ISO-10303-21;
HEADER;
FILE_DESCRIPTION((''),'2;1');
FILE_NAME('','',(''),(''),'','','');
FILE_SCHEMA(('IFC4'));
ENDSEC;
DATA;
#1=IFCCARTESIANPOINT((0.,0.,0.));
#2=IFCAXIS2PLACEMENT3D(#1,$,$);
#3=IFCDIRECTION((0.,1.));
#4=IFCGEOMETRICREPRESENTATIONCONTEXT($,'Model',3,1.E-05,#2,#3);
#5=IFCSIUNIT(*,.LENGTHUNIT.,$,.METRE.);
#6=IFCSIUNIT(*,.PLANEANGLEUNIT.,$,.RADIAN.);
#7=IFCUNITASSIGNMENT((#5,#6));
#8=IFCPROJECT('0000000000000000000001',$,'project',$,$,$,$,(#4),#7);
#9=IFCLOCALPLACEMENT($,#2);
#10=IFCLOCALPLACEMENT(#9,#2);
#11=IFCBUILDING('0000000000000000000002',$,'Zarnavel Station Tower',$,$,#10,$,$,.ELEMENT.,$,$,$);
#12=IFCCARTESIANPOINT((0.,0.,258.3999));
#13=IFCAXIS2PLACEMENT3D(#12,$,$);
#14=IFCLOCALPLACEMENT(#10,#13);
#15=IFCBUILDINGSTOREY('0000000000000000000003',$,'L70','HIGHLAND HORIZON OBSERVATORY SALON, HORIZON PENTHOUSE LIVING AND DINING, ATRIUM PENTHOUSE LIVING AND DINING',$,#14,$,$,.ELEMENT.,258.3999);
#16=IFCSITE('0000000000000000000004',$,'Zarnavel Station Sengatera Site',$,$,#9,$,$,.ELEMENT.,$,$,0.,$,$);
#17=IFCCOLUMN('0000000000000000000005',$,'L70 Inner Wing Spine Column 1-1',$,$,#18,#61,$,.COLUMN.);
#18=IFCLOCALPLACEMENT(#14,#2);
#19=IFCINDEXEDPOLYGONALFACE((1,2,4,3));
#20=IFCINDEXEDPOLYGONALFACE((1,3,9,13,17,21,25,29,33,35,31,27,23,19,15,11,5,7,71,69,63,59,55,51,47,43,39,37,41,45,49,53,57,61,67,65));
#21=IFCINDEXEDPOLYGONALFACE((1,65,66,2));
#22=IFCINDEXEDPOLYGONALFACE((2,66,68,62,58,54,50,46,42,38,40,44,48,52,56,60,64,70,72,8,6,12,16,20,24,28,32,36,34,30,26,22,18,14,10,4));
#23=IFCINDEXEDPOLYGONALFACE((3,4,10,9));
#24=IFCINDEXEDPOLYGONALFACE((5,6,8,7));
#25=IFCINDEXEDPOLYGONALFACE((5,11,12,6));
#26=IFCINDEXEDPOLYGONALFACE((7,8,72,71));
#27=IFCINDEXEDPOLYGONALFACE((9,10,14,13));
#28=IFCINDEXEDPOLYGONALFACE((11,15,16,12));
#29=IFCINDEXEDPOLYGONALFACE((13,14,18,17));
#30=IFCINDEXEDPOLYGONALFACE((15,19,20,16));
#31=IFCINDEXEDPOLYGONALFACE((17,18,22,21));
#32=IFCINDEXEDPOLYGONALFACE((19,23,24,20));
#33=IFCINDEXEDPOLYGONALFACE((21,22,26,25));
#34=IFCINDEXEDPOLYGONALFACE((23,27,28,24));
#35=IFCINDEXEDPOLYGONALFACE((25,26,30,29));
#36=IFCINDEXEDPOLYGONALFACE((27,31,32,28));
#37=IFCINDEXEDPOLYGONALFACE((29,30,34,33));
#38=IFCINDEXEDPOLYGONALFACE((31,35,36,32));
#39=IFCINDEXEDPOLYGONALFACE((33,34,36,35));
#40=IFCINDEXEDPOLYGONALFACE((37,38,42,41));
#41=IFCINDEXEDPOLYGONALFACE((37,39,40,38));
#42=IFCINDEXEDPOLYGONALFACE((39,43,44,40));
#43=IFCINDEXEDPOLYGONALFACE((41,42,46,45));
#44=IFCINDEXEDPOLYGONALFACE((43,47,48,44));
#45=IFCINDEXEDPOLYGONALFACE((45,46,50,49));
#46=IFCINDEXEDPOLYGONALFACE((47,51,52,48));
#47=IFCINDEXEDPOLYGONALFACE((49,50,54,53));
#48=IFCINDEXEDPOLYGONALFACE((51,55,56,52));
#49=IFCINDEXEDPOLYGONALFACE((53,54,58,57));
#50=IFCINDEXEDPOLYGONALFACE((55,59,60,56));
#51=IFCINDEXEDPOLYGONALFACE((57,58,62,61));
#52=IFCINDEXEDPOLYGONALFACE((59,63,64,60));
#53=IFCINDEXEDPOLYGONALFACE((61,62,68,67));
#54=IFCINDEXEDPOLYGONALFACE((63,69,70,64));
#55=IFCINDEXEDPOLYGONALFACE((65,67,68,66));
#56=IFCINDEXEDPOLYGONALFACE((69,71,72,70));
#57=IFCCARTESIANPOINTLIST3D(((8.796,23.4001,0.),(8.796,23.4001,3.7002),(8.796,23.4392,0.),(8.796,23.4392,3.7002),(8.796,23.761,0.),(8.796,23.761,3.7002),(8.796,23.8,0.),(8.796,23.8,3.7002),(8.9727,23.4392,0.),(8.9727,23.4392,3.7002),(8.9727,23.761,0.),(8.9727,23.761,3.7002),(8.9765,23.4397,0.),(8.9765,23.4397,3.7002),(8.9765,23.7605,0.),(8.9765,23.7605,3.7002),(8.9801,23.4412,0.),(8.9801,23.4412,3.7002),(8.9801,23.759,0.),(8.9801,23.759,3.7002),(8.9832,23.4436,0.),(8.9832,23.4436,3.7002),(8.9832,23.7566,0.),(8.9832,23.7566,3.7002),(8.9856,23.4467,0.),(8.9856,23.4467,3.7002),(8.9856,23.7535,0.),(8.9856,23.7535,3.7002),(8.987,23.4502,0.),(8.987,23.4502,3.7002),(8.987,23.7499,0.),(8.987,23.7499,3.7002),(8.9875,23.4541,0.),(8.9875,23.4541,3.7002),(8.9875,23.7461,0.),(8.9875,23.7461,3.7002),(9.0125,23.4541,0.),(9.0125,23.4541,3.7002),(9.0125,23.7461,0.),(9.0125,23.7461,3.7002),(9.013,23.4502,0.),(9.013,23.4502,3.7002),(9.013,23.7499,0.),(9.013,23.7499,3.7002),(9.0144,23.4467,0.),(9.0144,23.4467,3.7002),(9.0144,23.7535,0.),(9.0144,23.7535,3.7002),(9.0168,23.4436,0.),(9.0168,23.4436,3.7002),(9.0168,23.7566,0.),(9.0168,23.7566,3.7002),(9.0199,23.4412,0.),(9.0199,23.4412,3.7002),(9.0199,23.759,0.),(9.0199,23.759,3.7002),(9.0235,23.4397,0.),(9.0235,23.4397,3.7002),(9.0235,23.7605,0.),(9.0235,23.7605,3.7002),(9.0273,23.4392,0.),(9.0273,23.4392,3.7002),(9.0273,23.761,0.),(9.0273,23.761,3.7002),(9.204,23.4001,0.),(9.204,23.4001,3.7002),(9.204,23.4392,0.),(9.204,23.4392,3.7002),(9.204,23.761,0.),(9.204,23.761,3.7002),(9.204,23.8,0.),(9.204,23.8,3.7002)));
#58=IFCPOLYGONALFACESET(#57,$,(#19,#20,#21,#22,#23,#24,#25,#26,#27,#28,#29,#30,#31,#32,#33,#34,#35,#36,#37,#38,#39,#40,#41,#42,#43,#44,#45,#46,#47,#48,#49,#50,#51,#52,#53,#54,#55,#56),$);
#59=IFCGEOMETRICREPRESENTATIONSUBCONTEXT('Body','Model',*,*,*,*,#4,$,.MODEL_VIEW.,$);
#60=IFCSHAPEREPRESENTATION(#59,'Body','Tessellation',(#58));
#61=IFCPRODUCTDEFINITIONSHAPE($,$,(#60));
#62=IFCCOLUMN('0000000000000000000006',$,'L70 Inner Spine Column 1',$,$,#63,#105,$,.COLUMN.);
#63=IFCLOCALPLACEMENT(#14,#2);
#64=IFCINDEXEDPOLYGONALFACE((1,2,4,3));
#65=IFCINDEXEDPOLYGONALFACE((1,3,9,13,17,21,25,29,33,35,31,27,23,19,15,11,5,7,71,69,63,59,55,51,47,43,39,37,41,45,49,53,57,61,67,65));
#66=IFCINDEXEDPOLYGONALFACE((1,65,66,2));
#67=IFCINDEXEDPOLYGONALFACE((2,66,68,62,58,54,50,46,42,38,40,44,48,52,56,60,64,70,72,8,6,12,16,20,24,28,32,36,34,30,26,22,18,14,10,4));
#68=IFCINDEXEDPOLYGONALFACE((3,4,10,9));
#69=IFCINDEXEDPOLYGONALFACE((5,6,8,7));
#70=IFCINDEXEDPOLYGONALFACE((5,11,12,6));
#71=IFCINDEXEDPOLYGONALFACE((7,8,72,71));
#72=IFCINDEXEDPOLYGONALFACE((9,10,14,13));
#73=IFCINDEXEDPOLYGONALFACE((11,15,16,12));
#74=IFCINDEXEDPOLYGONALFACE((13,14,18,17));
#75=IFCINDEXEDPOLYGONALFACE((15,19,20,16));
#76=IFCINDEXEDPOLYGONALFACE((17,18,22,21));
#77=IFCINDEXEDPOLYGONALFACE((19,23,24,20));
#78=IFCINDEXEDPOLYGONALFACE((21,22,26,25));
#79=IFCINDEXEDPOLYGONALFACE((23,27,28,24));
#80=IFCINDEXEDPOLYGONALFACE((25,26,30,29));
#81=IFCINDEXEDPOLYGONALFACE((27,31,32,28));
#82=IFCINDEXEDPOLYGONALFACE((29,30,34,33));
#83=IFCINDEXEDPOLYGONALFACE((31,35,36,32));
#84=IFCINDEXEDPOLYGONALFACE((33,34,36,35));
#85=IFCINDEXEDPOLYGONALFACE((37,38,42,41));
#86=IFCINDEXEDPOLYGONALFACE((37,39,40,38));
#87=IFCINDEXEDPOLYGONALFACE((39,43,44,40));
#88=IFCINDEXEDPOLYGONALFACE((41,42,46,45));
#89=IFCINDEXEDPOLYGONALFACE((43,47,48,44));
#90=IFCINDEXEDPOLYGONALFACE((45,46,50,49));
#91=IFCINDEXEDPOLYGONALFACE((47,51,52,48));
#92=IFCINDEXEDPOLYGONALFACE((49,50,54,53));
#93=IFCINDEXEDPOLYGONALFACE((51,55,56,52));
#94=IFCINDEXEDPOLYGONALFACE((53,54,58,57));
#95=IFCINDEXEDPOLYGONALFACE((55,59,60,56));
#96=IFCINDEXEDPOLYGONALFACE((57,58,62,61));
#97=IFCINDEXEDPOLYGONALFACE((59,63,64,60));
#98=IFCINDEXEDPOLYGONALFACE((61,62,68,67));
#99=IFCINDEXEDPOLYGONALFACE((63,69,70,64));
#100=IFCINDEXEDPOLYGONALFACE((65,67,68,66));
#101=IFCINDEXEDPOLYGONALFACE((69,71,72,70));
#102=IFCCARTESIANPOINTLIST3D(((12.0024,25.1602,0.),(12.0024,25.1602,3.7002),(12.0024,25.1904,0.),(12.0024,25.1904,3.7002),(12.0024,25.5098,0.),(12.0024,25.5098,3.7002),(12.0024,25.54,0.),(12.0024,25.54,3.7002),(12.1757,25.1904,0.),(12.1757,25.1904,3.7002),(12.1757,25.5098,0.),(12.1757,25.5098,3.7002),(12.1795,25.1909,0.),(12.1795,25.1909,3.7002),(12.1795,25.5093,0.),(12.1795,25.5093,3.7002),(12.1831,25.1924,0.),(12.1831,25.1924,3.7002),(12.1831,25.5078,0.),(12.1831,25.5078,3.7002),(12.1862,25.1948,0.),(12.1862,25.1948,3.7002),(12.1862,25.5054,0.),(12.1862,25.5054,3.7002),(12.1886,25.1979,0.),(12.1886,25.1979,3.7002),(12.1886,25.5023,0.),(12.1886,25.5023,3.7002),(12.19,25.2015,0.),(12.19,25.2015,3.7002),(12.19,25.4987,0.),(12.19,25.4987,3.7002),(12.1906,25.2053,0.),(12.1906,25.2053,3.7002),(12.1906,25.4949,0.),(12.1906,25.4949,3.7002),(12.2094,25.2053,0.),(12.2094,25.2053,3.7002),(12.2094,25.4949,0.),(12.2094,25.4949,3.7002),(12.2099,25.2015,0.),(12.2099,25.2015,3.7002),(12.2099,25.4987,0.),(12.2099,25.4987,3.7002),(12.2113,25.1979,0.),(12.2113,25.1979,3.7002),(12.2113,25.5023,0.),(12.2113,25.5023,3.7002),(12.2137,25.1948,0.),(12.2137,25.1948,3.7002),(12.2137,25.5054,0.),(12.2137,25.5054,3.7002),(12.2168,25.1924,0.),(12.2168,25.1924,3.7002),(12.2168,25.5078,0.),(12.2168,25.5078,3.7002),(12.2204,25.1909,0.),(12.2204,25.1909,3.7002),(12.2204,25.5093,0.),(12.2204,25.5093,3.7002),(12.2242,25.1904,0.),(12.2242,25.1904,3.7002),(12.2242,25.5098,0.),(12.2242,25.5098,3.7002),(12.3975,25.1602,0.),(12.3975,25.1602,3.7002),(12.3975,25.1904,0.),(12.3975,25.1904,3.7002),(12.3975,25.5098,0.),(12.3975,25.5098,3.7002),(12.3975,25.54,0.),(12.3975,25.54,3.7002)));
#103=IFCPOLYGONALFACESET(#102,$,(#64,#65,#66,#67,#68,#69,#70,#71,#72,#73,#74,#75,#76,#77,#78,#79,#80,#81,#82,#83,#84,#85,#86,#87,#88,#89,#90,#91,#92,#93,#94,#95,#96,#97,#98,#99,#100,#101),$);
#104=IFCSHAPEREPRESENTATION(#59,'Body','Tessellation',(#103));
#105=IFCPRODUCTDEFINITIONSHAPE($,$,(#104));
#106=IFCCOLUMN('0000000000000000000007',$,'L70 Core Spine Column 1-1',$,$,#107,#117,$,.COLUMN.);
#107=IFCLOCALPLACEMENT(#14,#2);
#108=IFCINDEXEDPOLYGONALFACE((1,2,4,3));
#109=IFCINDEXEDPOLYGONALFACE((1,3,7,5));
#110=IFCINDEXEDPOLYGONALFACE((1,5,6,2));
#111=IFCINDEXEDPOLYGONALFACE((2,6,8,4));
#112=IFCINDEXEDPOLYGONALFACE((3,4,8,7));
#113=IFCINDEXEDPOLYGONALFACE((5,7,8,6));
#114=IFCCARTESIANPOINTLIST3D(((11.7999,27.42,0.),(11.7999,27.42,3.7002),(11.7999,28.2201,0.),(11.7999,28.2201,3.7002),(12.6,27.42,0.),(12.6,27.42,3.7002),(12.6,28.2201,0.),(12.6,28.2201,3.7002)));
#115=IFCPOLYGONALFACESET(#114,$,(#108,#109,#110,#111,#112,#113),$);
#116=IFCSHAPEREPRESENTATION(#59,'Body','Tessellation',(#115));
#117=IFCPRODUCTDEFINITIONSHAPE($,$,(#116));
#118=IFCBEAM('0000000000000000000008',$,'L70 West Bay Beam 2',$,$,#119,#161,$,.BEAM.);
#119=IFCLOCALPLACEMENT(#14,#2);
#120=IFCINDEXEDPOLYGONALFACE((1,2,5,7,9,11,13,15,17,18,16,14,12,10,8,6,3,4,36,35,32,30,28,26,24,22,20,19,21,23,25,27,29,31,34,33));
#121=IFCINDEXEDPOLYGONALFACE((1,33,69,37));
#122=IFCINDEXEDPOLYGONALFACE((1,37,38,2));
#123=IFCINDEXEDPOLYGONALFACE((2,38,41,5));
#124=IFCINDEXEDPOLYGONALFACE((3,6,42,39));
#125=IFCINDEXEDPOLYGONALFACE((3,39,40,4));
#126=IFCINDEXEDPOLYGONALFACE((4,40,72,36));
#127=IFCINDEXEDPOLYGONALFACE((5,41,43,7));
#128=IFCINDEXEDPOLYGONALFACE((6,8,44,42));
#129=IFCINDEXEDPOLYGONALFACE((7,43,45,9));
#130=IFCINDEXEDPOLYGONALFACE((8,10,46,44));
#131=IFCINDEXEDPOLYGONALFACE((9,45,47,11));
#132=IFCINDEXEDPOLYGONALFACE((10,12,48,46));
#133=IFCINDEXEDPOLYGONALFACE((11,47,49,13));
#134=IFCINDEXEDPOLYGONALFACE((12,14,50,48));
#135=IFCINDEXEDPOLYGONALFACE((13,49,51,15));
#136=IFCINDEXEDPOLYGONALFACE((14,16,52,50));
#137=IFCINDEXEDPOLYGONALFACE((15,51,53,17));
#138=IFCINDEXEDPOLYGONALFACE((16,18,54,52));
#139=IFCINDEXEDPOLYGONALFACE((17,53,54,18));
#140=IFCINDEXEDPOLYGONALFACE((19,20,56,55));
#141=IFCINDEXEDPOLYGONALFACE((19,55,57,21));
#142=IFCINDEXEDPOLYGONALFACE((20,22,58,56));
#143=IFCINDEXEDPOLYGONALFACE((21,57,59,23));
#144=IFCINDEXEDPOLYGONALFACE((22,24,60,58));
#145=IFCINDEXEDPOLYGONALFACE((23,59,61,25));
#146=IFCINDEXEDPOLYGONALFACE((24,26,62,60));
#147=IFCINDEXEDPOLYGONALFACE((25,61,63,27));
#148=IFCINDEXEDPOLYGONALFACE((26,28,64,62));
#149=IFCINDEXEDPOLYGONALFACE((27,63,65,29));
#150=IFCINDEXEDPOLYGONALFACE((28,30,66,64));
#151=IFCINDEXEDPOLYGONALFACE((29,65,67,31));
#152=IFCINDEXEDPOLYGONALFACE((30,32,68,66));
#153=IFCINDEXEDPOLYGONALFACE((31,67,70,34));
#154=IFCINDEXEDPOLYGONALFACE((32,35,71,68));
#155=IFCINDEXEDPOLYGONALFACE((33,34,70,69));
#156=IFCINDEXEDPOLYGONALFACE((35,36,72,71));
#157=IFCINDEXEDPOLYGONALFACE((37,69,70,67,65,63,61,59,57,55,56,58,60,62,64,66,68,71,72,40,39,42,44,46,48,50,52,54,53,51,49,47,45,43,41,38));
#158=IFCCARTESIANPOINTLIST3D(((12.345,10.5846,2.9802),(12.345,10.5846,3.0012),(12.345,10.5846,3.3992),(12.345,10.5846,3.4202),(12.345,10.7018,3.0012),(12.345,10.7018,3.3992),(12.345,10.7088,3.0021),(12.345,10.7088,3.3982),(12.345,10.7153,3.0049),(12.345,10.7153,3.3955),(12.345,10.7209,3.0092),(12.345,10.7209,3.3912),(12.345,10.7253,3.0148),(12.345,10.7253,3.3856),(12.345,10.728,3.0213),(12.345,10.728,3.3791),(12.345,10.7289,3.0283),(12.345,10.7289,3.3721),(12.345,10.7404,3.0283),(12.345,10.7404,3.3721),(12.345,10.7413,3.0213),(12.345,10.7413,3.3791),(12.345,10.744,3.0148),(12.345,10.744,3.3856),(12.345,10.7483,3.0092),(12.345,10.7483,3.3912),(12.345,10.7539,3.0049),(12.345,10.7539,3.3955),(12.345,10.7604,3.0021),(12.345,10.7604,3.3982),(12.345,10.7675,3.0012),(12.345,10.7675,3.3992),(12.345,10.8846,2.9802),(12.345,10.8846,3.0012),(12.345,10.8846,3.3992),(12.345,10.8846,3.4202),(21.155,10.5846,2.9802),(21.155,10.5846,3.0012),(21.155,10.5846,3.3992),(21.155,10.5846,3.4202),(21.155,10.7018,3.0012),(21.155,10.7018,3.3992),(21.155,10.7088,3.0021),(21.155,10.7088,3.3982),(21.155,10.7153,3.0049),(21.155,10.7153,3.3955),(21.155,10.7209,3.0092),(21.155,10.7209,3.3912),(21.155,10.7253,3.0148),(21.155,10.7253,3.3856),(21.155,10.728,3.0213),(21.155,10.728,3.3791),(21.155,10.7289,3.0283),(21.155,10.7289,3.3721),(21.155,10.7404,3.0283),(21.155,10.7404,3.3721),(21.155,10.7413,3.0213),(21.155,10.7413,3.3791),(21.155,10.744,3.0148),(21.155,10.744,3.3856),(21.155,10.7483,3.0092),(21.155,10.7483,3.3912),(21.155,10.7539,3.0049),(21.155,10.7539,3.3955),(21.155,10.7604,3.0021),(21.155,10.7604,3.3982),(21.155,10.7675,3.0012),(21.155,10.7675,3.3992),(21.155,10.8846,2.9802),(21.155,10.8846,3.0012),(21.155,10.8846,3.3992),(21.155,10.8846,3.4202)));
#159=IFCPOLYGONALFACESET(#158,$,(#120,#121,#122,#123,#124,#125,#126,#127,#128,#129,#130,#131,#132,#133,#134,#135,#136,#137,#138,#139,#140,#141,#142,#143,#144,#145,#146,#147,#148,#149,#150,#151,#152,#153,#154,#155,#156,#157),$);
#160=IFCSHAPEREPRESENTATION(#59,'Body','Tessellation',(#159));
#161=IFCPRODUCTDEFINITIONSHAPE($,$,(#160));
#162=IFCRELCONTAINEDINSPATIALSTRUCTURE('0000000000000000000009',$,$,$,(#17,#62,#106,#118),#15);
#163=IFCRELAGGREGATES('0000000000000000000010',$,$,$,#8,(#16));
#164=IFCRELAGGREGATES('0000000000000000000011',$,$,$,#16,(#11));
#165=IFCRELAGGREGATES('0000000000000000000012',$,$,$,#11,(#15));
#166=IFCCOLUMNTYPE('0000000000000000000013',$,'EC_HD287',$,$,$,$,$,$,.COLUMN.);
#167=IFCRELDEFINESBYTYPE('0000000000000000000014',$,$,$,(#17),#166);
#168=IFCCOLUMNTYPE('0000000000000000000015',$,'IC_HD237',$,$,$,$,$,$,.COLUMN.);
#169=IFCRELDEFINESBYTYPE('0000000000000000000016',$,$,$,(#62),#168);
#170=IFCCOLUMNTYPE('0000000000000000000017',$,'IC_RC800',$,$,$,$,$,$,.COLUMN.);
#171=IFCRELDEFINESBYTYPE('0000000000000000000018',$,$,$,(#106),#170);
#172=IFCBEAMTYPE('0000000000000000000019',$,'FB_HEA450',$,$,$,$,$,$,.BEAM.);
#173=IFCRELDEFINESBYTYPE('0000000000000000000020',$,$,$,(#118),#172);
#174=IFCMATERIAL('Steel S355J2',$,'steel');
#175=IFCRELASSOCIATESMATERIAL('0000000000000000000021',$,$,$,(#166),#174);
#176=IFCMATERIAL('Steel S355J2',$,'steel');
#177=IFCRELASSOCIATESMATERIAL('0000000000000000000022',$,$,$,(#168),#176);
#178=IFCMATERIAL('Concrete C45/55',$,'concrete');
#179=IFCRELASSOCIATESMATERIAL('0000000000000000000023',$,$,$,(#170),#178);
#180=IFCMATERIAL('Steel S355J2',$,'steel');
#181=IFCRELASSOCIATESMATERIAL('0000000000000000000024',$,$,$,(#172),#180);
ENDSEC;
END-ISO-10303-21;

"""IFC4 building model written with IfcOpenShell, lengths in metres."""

from ifc_helpers import new_model, si_unit, direction, frame, origin, origin_2d, place, context, subcontext, project, spatial, rectangle, i_section, extrude, material, material_profile, profile_set, type_object, element, save


model = new_model("IFC4")

# Units and contexts
model_context = context("Model", 3, precision=1e-05, world=origin(), true_north=direction((0.0, 1.0)))
body_context = subcontext(model_context, "Body", "Model", "MODEL_VIEW")
ifc_project = project(units=[si_unit("LENGTHUNIT", "METRE"), si_unit("PLANEANGLEUNIT", "RADIAN")], contexts=[model_context])

# Site, building, storey
site_placement = place(None, origin())
site = spatial("IfcSite", under=ifc_project, at=site_placement, Name="Zarnavel Station Sengatera Site", CompositionType="ELEMENT", RefElevation=0.0)
building_placement = place(site_placement, origin())
building = spatial("IfcBuilding", under=site, at=building_placement, Name="Zarnavel Station Tower", CompositionType="ELEMENT")
storey_placement = place(building_placement, frame((0.0, 0.0, 258.3999)))
storey = spatial("IfcBuildingStorey", under=building, at=storey_placement, Name="L70", Description="HIGHLAND HORIZON OBSERVATORY SALON, HORIZON PENTHOUSE LIVING AND DINING, ATRIUM PENTHOUSE LIVING AND DINING", CompositionType="ELEMENT", Elevation=258.3999)

# Columns
ifc_material_1 = material(Name="Steel S355J2", Category="steel")
ifc_material_profile_1 = material_profile(ifc_material_1, i_section(OverallWidth=0.408, OverallDepth=0.3999, WebThickness=0.0249, FlangeThickness=0.0391, FilletRadius=0.0149, at=origin_2d()), Name="HD400x287")
ifc_profile_set_1 = profile_set([ifc_material_profile_1], Name="Steel S355J2")
column_type_1 = type_object("IfcColumnType", Name="EC_HD287", PredefinedType="COLUMN", material=ifc_profile_set_1)
column_1_placement = place(storey_placement, frame((9.0, 23.6001, 0.0), z_axis=(0.0, 0.0, 1.0), x_axis=(1.0, 0.0, 0.0)))
element("IfcColumn", 1, at=column_1_placement, inside=storey, type_object=column_type_1, Name="L70 Inner Wing Spine Column 1-1", PredefinedType="COLUMN", context=body_context, shape_type="SweptSolid", body=[
    extrude(i_section(OverallWidth=0.408, OverallDepth=0.3999, WebThickness=0.0249, FlangeThickness=0.0391, FilletRadius=0.0149, at=origin_2d()), origin(), (0.0, 0.0, 1.0), 3.7002),
])
ifc_material_2 = material(Name="Steel S355J2", Category="steel")
ifc_material_profile_2 = material_profile(ifc_material_2, i_section(OverallWidth=0.395, OverallDepth=0.3799, WebThickness=0.0188, FlangeThickness=0.0303, FilletRadius=0.0149, at=origin_2d()), Name="HD400x237")
ifc_profile_set_2 = profile_set([ifc_material_profile_2], Name="Steel S355J2")
column_type_2 = type_object("IfcColumnType", Name="IC_HD237", PredefinedType="COLUMN", material=ifc_profile_set_2)
column_2_placement = place(storey_placement, frame((12.2, 25.3501, 0.0), z_axis=(0.0, 0.0, 1.0), x_axis=(1.0, 0.0, 0.0)))
element("IfcColumn", 2, at=column_2_placement, inside=storey, type_object=column_type_2, Name="L70 Inner Spine Column 1", PredefinedType="COLUMN", context=body_context, shape_type="SweptSolid", body=[
    extrude(i_section(OverallWidth=0.395, OverallDepth=0.3799, WebThickness=0.0188, FlangeThickness=0.0303, FilletRadius=0.0149, at=origin_2d()), origin(), (0.0, 0.0, 1.0), 3.7002),
])
ifc_material_3 = material(Name="Concrete C45/55", Category="concrete")
ifc_material_profile_3 = material_profile(ifc_material_3, rectangle(XDim=0.8, YDim=0.8, at=origin_2d()), Name="RC800x800")
ifc_profile_set_3 = profile_set([ifc_material_profile_3], Name="Concrete C45/55")
column_type_3 = type_object("IfcColumnType", Name="IC_RC800", PredefinedType="COLUMN", material=ifc_profile_set_3)
column_3_placement = place(storey_placement, frame((12.2, 27.8201, 0.0), z_axis=(0.0, 0.0, 1.0), x_axis=(1.0, 0.0, 0.0)))
element("IfcColumn", 3, at=column_3_placement, inside=storey, type_object=column_type_3, Name="L70 Core Spine Column 1-1", PredefinedType="COLUMN", context=body_context, shape_type="SweptSolid", body=[
    extrude(rectangle(XDim=0.8, YDim=0.8, at=origin_2d()), origin(), (0.0, 0.0, 1.0), 3.7002),
])

# Beam
ifc_material_4 = material(Name="Steel S355J2", Category="steel")
ifc_material_profile_4 = material_profile(ifc_material_4, i_section(OverallWidth=0.3, OverallDepth=0.4399, WebThickness=0.0115, FlangeThickness=0.021, FilletRadius=0.0271, at=origin_2d()), Name="HEA450")
ifc_profile_set_4 = profile_set([ifc_material_profile_4], Name="Steel S355J2")
beam_type_1 = type_object("IfcBeamType", Name="FB_HEA450", PredefinedType="BEAM", material=ifc_profile_set_4)
beam_1_placement = place(storey_placement, frame((12.345, 10.7346, 3.2002), z_axis=(1.0, 0.0, 0.0), x_axis=(0.0, 1.0, 0.0)))
element("IfcBeam", 4, at=beam_1_placement, inside=storey, type_object=beam_type_1, Name="L70 West Bay Beam 2", PredefinedType="BEAM", context=body_context, shape_type="SweptSolid", body=[
    extrude(i_section(OverallWidth=0.3, OverallDepth=0.4399, WebThickness=0.0115, FlangeThickness=0.021, FilletRadius=0.0271, at=origin_2d()), origin(), (0.0, 0.0, 1.0), 8.8101),
])

save(model, "model.ifc")
